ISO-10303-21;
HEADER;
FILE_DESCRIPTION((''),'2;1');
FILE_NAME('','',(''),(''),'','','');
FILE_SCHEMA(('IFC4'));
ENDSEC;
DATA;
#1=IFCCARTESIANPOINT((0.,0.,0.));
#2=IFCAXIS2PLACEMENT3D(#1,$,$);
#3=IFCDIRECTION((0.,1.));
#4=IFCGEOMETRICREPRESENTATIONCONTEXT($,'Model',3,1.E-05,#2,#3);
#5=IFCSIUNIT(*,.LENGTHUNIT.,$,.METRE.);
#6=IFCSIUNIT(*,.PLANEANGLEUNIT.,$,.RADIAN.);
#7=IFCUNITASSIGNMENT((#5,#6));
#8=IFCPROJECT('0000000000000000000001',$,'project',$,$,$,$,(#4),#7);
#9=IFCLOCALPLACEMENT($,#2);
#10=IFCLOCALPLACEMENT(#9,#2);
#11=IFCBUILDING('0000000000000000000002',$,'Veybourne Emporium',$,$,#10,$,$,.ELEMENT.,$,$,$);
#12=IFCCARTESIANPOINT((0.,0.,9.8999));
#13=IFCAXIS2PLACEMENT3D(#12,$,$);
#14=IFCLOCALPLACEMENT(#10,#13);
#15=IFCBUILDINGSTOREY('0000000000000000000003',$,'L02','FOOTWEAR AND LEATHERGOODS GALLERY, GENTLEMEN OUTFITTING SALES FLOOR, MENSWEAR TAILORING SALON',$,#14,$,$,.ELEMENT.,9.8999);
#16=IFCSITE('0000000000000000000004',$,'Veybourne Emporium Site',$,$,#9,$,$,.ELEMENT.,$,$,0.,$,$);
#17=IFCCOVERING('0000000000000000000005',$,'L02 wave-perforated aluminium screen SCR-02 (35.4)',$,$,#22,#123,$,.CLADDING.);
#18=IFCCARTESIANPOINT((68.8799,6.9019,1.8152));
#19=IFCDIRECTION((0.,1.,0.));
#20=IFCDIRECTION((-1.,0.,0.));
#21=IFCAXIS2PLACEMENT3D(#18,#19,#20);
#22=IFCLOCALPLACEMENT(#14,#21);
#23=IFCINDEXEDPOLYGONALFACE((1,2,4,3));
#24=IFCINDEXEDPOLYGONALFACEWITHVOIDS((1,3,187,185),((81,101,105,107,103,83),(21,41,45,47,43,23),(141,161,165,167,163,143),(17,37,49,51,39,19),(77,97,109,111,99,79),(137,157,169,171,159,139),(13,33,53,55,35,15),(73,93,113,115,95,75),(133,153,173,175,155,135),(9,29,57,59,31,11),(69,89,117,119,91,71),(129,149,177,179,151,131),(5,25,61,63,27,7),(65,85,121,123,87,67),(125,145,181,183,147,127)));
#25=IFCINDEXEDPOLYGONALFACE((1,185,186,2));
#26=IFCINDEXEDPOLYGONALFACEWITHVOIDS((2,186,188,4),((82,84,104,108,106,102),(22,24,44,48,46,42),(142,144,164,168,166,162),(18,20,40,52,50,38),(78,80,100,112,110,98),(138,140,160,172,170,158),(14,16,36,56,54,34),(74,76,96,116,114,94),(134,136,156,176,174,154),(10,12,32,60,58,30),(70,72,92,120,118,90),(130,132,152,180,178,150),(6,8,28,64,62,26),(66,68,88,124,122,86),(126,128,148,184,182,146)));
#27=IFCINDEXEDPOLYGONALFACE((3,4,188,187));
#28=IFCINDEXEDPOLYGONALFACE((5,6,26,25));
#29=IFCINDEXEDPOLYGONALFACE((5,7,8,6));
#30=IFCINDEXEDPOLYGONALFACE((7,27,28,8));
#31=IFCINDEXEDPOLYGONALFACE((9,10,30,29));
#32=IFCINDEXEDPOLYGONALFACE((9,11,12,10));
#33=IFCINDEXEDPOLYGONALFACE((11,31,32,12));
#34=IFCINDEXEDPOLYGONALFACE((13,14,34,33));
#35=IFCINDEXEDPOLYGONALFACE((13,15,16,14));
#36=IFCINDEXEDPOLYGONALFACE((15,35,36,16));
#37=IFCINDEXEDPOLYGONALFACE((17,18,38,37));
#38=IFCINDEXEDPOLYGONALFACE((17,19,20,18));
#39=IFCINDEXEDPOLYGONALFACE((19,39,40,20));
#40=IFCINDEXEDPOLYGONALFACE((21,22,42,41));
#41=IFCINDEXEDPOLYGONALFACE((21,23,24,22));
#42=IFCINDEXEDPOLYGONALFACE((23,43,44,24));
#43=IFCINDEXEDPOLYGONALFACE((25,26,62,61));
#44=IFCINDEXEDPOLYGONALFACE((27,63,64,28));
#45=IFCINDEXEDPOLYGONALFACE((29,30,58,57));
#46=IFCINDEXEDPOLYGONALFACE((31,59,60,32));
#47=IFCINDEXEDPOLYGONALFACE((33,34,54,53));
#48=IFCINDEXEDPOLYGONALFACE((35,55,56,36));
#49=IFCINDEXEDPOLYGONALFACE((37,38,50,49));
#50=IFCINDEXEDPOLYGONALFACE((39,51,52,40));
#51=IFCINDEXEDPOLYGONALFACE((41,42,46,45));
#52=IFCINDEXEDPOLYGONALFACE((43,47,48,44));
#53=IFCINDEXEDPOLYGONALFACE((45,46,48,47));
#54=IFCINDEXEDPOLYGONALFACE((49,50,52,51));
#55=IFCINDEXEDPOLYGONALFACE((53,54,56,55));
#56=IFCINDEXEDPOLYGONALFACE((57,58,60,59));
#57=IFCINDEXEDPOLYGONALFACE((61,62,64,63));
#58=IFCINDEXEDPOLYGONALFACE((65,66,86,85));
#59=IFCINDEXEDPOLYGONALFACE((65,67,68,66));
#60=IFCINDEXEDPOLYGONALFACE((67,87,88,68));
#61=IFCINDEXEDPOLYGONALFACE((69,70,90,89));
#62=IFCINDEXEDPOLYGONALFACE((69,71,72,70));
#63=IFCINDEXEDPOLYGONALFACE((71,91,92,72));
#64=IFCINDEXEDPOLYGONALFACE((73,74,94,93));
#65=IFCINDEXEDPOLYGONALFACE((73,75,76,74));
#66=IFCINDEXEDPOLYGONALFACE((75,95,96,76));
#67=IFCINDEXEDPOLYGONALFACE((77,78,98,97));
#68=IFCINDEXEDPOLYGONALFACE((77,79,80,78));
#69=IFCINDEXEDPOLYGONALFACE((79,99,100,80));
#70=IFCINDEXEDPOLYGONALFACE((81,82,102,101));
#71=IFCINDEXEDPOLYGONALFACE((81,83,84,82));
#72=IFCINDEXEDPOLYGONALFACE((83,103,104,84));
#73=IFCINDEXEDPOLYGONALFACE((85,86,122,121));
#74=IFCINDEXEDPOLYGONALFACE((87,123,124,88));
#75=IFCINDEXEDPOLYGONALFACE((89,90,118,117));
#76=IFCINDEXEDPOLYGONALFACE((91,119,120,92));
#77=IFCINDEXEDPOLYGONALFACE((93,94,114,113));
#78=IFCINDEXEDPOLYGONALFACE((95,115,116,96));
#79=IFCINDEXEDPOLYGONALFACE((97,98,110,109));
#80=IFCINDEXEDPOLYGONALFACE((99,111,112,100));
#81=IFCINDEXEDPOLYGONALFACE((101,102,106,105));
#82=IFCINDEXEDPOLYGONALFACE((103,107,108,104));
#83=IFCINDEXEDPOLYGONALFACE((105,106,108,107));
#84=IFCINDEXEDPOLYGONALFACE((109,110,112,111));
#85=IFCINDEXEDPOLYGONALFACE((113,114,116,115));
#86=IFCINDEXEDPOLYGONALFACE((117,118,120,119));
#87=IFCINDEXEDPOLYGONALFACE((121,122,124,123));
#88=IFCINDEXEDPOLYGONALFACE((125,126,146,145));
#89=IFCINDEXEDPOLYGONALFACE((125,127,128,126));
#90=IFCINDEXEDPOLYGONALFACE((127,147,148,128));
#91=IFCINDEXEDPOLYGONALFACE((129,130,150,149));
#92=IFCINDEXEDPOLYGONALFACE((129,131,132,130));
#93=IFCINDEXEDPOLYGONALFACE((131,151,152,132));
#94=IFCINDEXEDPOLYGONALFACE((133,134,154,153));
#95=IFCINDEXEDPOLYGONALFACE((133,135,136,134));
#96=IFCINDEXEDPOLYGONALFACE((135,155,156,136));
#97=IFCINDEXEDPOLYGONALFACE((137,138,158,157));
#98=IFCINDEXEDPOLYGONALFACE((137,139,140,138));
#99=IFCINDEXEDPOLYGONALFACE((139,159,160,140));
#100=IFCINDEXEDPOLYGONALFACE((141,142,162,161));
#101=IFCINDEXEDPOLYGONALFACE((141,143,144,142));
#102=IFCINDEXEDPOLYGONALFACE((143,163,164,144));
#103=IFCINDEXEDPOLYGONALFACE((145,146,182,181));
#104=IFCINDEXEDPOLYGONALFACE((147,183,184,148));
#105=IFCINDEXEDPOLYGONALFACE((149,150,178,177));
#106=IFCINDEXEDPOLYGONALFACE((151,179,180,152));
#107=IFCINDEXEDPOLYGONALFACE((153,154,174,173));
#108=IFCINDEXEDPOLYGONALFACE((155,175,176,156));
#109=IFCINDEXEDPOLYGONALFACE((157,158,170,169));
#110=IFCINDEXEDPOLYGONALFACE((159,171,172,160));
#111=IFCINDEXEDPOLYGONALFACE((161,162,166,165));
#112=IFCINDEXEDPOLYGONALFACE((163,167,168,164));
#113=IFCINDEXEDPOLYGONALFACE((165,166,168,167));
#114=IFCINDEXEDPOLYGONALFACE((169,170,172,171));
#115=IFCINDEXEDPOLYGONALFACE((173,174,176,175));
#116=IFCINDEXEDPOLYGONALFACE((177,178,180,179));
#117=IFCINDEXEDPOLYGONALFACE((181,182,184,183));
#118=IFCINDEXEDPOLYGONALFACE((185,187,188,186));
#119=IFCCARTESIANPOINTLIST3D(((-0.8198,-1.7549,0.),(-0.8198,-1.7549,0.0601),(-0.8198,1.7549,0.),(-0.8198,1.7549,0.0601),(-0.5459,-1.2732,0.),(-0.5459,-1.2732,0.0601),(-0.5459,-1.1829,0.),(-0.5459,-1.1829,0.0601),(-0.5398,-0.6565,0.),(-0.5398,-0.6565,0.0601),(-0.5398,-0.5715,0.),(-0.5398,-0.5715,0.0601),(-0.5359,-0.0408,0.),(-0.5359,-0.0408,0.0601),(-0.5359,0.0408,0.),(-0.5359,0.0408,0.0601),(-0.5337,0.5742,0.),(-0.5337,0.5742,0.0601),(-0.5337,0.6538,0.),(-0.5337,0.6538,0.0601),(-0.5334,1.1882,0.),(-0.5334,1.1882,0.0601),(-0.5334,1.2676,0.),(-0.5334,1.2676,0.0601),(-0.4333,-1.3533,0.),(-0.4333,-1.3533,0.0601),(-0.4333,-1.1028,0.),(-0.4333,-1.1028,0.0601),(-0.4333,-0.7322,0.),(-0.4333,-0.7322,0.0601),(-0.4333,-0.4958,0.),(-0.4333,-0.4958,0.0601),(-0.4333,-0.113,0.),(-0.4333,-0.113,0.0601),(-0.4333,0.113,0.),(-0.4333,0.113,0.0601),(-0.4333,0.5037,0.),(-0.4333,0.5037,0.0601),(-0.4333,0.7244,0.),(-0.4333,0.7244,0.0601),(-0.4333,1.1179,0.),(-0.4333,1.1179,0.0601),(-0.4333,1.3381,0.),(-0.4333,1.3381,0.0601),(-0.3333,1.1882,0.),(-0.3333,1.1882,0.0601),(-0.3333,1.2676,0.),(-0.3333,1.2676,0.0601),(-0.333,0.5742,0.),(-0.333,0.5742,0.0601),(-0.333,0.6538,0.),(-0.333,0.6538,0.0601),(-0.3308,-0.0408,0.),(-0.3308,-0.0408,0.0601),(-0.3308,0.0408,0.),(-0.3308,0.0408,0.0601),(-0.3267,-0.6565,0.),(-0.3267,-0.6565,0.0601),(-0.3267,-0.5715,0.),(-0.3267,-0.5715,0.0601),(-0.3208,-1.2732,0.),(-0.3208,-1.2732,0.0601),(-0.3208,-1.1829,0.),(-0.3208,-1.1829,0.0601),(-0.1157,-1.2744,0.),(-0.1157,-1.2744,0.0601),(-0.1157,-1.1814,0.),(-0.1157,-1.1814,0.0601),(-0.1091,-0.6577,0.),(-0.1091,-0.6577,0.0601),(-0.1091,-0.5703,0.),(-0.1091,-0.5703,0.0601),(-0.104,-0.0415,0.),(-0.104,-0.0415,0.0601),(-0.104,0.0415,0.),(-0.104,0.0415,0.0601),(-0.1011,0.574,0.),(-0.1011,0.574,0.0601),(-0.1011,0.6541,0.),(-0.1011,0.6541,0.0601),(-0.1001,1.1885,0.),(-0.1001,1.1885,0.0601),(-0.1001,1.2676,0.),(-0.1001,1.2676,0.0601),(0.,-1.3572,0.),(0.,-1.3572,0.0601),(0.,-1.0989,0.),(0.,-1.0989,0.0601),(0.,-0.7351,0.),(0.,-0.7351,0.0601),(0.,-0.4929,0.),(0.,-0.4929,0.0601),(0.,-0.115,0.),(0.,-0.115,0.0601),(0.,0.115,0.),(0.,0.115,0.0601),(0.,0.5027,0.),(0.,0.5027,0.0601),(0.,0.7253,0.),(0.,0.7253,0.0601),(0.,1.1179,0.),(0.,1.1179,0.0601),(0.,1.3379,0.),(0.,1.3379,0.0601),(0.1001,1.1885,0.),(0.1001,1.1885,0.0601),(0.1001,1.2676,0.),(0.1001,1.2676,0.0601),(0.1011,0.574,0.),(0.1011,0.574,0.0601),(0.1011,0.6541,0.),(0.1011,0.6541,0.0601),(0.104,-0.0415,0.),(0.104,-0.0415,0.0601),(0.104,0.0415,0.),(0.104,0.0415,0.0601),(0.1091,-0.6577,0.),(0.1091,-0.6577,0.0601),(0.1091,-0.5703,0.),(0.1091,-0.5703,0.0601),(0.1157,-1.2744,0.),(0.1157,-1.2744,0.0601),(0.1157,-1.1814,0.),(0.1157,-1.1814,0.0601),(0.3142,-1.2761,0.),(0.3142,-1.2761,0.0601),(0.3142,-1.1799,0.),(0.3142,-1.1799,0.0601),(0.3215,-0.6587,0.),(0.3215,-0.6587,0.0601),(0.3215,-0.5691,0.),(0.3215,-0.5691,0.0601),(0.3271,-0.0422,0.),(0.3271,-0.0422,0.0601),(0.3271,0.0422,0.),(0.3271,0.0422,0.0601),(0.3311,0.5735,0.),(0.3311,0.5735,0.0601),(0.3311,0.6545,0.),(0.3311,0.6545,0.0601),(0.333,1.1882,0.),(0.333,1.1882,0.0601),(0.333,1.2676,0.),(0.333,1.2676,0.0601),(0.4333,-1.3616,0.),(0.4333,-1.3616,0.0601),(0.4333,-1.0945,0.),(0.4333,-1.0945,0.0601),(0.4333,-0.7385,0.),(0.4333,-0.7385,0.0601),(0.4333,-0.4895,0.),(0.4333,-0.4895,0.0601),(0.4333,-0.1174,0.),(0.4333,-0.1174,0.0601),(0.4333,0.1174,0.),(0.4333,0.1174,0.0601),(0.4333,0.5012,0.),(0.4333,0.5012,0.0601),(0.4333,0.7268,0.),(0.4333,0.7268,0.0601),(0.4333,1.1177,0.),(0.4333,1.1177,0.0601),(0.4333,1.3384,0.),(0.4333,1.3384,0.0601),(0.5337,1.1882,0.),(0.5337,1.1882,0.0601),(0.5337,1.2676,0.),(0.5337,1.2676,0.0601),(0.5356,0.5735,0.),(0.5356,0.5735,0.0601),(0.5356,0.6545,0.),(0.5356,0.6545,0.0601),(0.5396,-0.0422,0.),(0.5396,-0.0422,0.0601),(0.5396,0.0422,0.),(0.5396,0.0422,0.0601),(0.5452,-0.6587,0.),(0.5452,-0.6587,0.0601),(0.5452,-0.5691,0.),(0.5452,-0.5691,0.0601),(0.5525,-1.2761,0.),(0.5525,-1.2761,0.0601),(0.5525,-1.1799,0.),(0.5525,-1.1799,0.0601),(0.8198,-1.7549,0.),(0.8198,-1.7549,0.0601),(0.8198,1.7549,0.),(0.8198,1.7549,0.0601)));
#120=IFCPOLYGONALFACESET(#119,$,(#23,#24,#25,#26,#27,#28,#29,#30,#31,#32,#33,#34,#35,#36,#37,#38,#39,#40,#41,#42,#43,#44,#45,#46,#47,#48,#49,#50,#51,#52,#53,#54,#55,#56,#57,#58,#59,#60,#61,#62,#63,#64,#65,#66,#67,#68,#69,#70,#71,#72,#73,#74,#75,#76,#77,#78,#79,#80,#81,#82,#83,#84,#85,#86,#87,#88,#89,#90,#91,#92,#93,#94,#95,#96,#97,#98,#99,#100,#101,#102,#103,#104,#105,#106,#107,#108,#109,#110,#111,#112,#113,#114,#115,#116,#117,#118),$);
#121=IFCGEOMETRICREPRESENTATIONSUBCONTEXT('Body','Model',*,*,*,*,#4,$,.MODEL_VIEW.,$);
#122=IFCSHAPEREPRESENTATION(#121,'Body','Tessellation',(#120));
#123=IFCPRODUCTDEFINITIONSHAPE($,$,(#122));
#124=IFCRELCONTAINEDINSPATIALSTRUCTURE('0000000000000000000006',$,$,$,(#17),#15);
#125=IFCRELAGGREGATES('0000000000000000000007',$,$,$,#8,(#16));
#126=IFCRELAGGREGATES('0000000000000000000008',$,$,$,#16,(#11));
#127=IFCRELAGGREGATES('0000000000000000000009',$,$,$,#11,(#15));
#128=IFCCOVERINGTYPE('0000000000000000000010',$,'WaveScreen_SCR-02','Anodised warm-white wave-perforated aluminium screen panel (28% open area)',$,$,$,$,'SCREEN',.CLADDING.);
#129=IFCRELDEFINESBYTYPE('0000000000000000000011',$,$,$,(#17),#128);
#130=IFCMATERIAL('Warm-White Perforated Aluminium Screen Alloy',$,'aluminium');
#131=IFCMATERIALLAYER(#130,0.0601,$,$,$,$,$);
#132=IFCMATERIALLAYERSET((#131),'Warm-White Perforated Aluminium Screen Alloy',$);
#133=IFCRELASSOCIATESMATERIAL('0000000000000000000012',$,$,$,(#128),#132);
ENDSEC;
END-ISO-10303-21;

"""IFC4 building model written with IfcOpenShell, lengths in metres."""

from ifc_helpers import new_model, si_unit, direction, frame, origin, place, context, subcontext, project, spatial, polyline, outline, extrude, material, layer, layer_set, type_object, element, save


model = new_model("IFC4")

# Units and contexts
model_context = context("Model", 3, precision=1e-05, world=origin(), true_north=direction((0.0, 1.0)))
body_context = subcontext(model_context, "Body", "Model", "MODEL_VIEW")
ifc_project = project(units=[si_unit("LENGTHUNIT", "METRE"), si_unit("PLANEANGLEUNIT", "RADIAN")], contexts=[model_context])

# Site, building, storey
site_placement = place(None, origin())
site = spatial("IfcSite", under=ifc_project, at=site_placement, Name="Veybourne Emporium Site", CompositionType="ELEMENT", RefElevation=0.0)
building_placement = place(site_placement, origin())
building = spatial("IfcBuilding", under=site, at=building_placement, Name="Veybourne Emporium", CompositionType="ELEMENT")
storey_placement = place(building_placement, frame((0.0, 0.0, 9.8999)))
storey = spatial("IfcBuildingStorey", under=building, at=storey_placement, Name="L02", Description="FOOTWEAR AND LEATHERGOODS GALLERY, GENTLEMEN OUTFITTING SALES FLOOR, MENSWEAR TAILORING SALON", CompositionType="ELEMENT", Elevation=9.8999)

# Covering
ifc_material_1 = material(Name="Warm-White Perforated Aluminium Screen Alloy", Category="aluminium")
ifc_layer_1 = layer(ifc_material_1, 0.0601)
ifc_layer_set_1 = layer_set([ifc_layer_1], Name="Warm-White Perforated Aluminium Screen Alloy")
covering_type_1 = type_object("IfcCoveringType", Name="WaveScreen_SCR-02", Description="Anodised warm-white wave-perforated aluminium screen panel (28% open area)", ElementType="SCREEN", PredefinedType="CLADDING", material=ifc_layer_set_1)
covering_1_placement = place(storey_placement, frame((68.8799, 6.9019, 1.8152), z_axis=(0.0, 1.0, 0.0), x_axis=(-1.0, 0.0, 0.0)))
element("IfcCovering", 1, at=covering_1_placement, inside=storey, type_object=covering_type_1, Name="L02 wave-perforated aluminium screen SCR-02 (35.4)", PredefinedType="CLADDING", context=body_context, shape_type="SweptSolid", body=[
    extrude(outline(polyline([(-0.8198, -1.7549), (0.8198, -1.7549), (0.8198, 1.7549), (-0.8198, 1.7549), (-0.8198, -1.7549)]), holes=[polyline([(-0.4333, -1.1028), (-0.3208, -1.1829), (-0.3208, -1.2732), (-0.4333, -1.3533), (-0.5459, -1.2732), (-0.5459, -1.1829), (-0.4333, -1.1028)]), polyline([(-0.4333, -0.4958), (-0.3267, -0.5715), (-0.3267, -0.6565), (-0.4333, -0.7322), (-0.5398, -0.6565), (-0.5398, -0.5715), (-0.4333, -0.4958)]), polyline([(-0.4333, 0.113), (-0.3308, 0.0408), (-0.3308, -0.0408), (-0.4333, -0.113), (-0.5359, -0.0408), (-0.5359, 0.0408), (-0.4333, 0.113)]), polyline([(-0.4333, 0.7244), (-0.333, 0.6538), (-0.333, 0.5742), (-0.4333, 0.5037), (-0.5337, 0.5742), (-0.5337, 0.6538), (-0.4333, 0.7244)]), polyline([(-0.4333, 1.3381), (-0.3333, 1.2676), (-0.3333, 1.1882), (-0.4333, 1.1179), (-0.5334, 1.1882), (-0.5334, 1.2676), (-0.4333, 1.3381)]), polyline([(0.0, -1.0989), (0.1157, -1.1814), (0.1157, -1.2744), (0.0, -1.3572), (-0.1157, -1.2744), (-0.1157, -1.1814), (0.0, -1.0989)]), polyline([(0.0, -0.4929), (0.1091, -0.5703), (0.1091, -0.6577), (0.0, -0.7351), (-0.1091, -0.6577), (-0.1091, -0.5703), (0.0, -0.4929)]), polyline([(0.0, 0.115), (0.104, 0.0415), (0.104, -0.0415), (0.0, -0.115), (-0.104, -0.0415), (-0.104, 0.0415), (0.0, 0.115)]), polyline([(0.0, 0.7253), (0.1011, 0.6541), (0.1011, 0.574), (0.0, 0.5027), (-0.1011, 0.574), (-0.1011, 0.6541), (0.0, 0.7253)]), polyline([(0.0, 1.3379), (0.1001, 1.2676), (0.1001, 1.1885), (0.0, 1.1179), (-0.1001, 1.1885), (-0.1001, 1.2676), (0.0, 1.3379)]), polyline([(0.4333, -1.0945), (0.5525, -1.1799), (0.5525, -1.2761), (0.4333, -1.3616), (0.3142, -1.2761), (0.3142, -1.1799), (0.4333, -1.0945)]), polyline([(0.4333, -0.4895), (0.5452, -0.5691), (0.5452, -0.6587), (0.4333, -0.7385), (0.3215, -0.6587), (0.3215, -0.5691), (0.4333, -0.4895)]), polyline([(0.4333, 0.1174), (0.5396, 0.0422), (0.5396, -0.0422), (0.4333, -0.1174), (0.3271, -0.0422), (0.3271, 0.0422), (0.4333, 0.1174)]), polyline([(0.4333, 0.7268), (0.5356, 0.6545), (0.5356, 0.5735), (0.4333, 0.5012), (0.3311, 0.5735), (0.3311, 0.6545), (0.4333, 0.7268)]), polyline([(0.4333, 1.3384), (0.5337, 1.2676), (0.5337, 1.1882), (0.4333, 1.1177), (0.333, 1.1882), (0.333, 1.2676), (0.4333, 1.3384)])]), origin(), (0.0, 0.0, 1.0), 0.0601),
])

save(model, "model.ifc")
